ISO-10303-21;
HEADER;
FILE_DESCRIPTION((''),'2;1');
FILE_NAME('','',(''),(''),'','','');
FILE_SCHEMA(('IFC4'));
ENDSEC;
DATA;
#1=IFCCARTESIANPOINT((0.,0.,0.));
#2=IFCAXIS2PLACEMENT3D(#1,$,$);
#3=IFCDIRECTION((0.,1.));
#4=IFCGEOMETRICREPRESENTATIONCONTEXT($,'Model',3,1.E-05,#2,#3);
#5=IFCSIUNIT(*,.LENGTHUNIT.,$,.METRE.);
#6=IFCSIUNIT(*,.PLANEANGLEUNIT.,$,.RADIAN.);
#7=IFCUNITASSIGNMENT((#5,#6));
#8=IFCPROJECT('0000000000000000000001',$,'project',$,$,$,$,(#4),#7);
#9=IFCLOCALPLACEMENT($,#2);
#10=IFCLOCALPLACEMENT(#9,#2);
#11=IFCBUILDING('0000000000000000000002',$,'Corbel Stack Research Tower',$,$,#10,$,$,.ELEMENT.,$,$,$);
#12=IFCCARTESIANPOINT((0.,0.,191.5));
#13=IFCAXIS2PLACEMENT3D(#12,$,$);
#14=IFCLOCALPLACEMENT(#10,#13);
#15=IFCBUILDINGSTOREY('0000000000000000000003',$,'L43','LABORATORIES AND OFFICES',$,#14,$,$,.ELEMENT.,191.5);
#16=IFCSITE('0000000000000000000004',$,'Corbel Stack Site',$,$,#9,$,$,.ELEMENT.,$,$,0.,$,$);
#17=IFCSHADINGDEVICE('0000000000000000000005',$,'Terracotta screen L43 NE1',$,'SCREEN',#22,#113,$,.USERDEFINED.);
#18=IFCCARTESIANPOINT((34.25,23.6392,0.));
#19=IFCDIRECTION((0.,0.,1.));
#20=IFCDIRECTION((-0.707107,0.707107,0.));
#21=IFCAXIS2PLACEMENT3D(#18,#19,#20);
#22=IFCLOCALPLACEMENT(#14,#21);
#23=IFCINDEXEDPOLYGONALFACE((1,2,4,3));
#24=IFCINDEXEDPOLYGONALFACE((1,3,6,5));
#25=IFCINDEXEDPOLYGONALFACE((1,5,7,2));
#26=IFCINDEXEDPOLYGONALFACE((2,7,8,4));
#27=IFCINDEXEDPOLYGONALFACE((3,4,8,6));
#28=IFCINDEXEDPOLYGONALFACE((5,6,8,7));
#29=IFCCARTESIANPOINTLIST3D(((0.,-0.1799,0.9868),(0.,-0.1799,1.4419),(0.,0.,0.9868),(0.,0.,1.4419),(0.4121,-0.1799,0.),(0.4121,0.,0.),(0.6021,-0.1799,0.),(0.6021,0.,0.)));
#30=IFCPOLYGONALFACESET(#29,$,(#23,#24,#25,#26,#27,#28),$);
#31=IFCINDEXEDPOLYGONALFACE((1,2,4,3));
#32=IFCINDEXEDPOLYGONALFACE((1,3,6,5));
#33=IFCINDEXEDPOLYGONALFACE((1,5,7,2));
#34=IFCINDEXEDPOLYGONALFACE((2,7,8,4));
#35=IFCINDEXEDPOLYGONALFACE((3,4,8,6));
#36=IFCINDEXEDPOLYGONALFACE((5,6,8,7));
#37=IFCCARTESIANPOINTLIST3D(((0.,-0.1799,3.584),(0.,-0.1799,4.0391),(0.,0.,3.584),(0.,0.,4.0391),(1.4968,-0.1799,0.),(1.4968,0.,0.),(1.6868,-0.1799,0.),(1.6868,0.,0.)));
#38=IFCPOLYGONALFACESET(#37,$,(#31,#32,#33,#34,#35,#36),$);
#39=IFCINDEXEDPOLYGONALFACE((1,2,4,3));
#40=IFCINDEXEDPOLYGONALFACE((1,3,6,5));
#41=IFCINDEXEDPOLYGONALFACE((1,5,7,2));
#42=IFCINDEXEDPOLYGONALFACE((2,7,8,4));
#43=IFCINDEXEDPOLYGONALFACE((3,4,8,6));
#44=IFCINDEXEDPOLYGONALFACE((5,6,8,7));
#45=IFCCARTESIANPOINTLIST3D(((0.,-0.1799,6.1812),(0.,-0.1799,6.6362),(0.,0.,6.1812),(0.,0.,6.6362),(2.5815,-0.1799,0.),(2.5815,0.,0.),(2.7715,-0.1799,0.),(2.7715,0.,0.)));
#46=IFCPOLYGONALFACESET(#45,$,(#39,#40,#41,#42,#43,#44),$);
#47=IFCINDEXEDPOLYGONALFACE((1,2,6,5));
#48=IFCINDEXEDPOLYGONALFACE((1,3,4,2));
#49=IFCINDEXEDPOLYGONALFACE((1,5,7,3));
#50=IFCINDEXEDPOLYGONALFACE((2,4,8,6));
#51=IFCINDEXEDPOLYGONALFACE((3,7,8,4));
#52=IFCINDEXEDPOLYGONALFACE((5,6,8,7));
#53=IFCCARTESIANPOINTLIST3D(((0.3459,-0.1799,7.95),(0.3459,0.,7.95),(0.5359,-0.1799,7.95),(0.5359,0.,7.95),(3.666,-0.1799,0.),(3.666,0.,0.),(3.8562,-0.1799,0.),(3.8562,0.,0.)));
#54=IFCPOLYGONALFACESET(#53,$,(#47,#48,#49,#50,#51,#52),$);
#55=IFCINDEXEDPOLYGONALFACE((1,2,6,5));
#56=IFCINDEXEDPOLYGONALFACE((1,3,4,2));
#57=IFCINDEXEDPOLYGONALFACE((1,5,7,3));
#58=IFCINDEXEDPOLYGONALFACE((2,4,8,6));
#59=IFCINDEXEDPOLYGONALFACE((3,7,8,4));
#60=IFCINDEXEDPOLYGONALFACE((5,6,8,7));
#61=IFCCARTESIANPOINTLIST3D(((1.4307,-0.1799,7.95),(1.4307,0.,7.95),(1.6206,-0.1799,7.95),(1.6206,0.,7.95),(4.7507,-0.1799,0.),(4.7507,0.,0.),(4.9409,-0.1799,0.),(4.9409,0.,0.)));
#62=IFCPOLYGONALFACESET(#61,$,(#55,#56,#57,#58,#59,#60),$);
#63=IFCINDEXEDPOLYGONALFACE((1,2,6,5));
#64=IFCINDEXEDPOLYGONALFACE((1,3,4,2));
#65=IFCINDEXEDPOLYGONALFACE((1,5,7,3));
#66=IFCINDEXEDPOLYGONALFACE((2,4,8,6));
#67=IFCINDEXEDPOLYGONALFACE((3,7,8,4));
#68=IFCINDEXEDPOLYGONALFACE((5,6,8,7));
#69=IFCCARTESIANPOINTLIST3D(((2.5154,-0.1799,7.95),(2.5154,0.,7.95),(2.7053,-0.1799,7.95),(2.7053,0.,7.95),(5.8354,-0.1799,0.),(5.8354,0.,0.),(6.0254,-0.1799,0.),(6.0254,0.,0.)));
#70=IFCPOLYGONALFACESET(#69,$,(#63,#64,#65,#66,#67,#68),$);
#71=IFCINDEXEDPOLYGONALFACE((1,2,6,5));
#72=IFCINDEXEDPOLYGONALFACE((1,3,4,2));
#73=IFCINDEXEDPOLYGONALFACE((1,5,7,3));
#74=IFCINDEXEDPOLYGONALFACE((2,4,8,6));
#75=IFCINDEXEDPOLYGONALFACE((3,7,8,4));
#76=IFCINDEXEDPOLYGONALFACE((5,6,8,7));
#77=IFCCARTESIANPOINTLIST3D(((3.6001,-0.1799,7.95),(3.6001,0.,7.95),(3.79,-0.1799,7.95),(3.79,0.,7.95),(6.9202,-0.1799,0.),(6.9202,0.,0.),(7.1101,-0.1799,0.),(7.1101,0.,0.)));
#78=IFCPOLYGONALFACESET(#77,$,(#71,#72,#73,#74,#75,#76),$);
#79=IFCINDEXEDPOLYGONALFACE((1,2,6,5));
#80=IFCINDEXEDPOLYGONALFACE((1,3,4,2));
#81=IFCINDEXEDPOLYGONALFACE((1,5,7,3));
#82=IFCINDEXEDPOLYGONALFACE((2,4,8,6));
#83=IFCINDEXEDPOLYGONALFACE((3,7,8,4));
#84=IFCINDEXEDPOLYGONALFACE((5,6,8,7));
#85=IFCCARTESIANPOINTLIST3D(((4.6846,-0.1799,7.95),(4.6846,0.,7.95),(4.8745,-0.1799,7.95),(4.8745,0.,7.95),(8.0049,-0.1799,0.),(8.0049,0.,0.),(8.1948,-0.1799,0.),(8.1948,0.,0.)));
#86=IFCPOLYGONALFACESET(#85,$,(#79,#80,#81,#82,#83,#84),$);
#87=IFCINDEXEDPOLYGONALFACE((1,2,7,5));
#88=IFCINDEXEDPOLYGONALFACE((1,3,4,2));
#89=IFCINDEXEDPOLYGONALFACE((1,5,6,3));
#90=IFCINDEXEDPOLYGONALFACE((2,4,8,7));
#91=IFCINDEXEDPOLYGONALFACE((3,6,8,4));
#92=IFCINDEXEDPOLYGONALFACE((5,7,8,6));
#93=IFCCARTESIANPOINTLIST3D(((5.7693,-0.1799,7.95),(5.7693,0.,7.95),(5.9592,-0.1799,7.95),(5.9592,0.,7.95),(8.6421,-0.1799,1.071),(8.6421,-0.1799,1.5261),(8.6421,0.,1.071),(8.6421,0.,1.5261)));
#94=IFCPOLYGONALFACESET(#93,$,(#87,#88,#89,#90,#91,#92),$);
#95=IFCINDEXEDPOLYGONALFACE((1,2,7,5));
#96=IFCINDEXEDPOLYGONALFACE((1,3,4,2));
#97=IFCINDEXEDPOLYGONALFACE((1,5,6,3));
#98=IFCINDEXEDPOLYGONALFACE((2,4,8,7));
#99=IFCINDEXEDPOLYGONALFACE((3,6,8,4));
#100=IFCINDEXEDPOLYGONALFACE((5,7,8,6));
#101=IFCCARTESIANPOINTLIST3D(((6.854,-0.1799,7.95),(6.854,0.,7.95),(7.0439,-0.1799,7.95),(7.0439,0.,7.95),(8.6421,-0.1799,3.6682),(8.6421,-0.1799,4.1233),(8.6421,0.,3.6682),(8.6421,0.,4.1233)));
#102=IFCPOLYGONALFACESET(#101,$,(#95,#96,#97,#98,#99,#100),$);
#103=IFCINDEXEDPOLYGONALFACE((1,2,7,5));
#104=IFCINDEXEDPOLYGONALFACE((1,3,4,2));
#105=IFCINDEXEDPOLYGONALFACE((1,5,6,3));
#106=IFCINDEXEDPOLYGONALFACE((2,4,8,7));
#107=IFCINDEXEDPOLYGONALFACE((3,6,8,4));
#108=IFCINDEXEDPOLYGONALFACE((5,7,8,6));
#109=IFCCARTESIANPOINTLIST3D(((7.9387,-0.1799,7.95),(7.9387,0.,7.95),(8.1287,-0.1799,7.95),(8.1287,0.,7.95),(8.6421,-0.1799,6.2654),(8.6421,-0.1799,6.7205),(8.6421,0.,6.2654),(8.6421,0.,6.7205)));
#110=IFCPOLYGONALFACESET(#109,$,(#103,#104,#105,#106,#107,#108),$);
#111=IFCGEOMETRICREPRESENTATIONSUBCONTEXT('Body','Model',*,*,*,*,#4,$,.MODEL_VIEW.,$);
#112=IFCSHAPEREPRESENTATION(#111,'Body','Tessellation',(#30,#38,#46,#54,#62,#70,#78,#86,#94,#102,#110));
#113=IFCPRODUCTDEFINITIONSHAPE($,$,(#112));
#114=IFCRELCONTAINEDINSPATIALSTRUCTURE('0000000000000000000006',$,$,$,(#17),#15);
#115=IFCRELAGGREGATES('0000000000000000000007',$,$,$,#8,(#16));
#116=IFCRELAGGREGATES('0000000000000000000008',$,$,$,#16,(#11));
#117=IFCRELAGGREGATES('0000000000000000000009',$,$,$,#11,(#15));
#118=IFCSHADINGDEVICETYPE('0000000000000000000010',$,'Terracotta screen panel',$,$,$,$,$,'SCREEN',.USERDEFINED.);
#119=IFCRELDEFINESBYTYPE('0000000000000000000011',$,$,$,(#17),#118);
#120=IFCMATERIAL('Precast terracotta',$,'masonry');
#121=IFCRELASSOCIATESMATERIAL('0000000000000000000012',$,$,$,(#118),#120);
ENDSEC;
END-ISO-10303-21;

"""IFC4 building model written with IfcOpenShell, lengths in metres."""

from ifc_helpers import new_model, si_unit, direction, frame, origin, place, context, subcontext, project, spatial, polyline, outline, extrude, source, transform, mapped, material, type_object, element, save


model = new_model("IFC4")

# Units and contexts
model_context = context("Model", 3, precision=1e-05, world=origin(), true_north=direction((0.0, 1.0)))
body_context = subcontext(model_context, "Body", "Model", "MODEL_VIEW")
ifc_project = project(units=[si_unit("LENGTHUNIT", "METRE"), si_unit("PLANEANGLEUNIT", "RADIAN")], contexts=[model_context])

# Site, building, storey
site_placement = place(None, origin())
site = spatial("IfcSite", under=ifc_project, at=site_placement, Name="Corbel Stack Site", CompositionType="ELEMENT", RefElevation=0.0)
building_placement = place(site_placement, origin())
building = spatial("IfcBuilding", under=site, at=building_placement, Name="Corbel Stack Research Tower", CompositionType="ELEMENT")
storey_placement = place(building_placement, frame((0.0, 0.0, 191.5)))
storey = spatial("IfcBuildingStorey", under=building, at=storey_placement, Name="L43", Description="LABORATORIES AND OFFICES", CompositionType="ELEMENT", Elevation=191.5)

# Shading device
ifc_material_1 = material(Name="Precast terracotta", Category="masonry")
shading_device_type = type_object("IfcShadingDeviceType", Name="Terracotta screen panel", ElementType="SCREEN", PredefinedType="USERDEFINED", material=ifc_material_1)
shared_shape_1 = source(origin(), body_context, "Body", "SweptSolid", [
    extrude(outline(polyline([(0.6021, 0.0), (0.0, 1.4419), (0.0, 0.9868), (0.4121, 0.0), (0.6021, 0.0)])), frame((0.0, 0.0, 0.0), z_axis=(0.0, -1.0, 0.0), x_axis=(1.0, 0.0, 0.0)), (0.0, 0.0, 1.0), 0.1799),
    extrude(outline(polyline([(1.6868, 0.0), (0.0, 4.0391), (0.0, 3.584), (1.4968, 0.0), (1.6868, 0.0)])), frame((0.0, 0.0, 0.0), z_axis=(0.0, -1.0, 0.0), x_axis=(1.0, 0.0, 0.0)), (0.0, 0.0, 1.0), 0.1799),
    extrude(outline(polyline([(2.7715, 0.0), (0.0, 6.6362), (0.0, 6.1812), (2.5815, 0.0), (2.7715, 0.0)])), frame((0.0, 0.0, 0.0), z_axis=(0.0, -1.0, 0.0), x_axis=(1.0, 0.0, 0.0)), (0.0, 0.0, 1.0), 0.1799),
    extrude(outline(polyline([(3.8562, 0.0), (0.5359, 7.95), (0.3459, 7.95), (3.666, 0.0), (3.8562, 0.0)])), frame((0.0, 0.0, 0.0), z_axis=(0.0, -1.0, 0.0), x_axis=(1.0, 0.0, 0.0)), (0.0, 0.0, 1.0), 0.1799),
    extrude(outline(polyline([(4.9409, 0.0), (1.6206, 7.95), (1.4307, 7.95), (4.7507, 0.0), (4.9409, 0.0)])), frame((0.0, 0.0, 0.0), z_axis=(0.0, -1.0, 0.0), x_axis=(1.0, 0.0, 0.0)), (0.0, 0.0, 1.0), 0.1799),
    extrude(outline(polyline([(6.0254, 0.0), (2.7053, 7.95), (2.5154, 7.95), (5.8354, 0.0), (6.0254, 0.0)])), frame((0.0, 0.0, 0.0), z_axis=(0.0, -1.0, 0.0), x_axis=(1.0, 0.0, 0.0)), (0.0, 0.0, 1.0), 0.1799),
    extrude(outline(polyline([(7.1101, 0.0), (3.79, 7.95), (3.6001, 7.95), (6.9202, 0.0), (7.1101, 0.0)])), frame((0.0, 0.0, 0.0), z_axis=(0.0, -1.0, 0.0), x_axis=(1.0, 0.0, 0.0)), (0.0, 0.0, 1.0), 0.1799),
    extrude(outline(polyline([(8.1948, 0.0), (4.8745, 7.95), (4.6846, 7.95), (8.0049, 0.0), (8.1948, 0.0)])), frame((0.0, 0.0, 0.0), z_axis=(0.0, -1.0, 0.0), x_axis=(1.0, 0.0, 0.0)), (0.0, 0.0, 1.0), 0.1799),
    extrude(outline(polyline([(5.9592, 7.95), (5.7693, 7.95), (8.6421, 1.071), (8.6421, 1.5261), (5.9592, 7.95)])), frame((0.0, 0.0, 0.0), z_axis=(0.0, -1.0, 0.0), x_axis=(1.0, 0.0, 0.0)), (0.0, 0.0, 1.0), 0.1799),
    extrude(outline(polyline([(7.0439, 7.95), (6.854, 7.95), (8.6421, 3.6682), (8.6421, 4.1233), (7.0439, 7.95)])), frame((0.0, 0.0, 0.0), z_axis=(0.0, -1.0, 0.0), x_axis=(1.0, 0.0, 0.0)), (0.0, 0.0, 1.0), 0.1799),
    extrude(outline(polyline([(8.1287, 7.95), (7.9387, 7.95), (8.6421, 6.2654), (8.6421, 6.7205), (8.1287, 7.95)])), frame((0.0, 0.0, 0.0), z_axis=(0.0, -1.0, 0.0), x_axis=(1.0, 0.0, 0.0)), (0.0, 0.0, 1.0), 0.1799),
])
shading_device_1_placement = place(storey_placement, frame((34.25, 23.6392, 0.0), z_axis=(0.0, 0.0, 1.0), x_axis=(-0.707107, 0.707107, 0.0)))
element("IfcShadingDevice", 1, at=shading_device_1_placement, inside=storey, type_object=shading_device_type, Name="Terracotta screen L43 NE1", ObjectType="SCREEN", PredefinedType="USERDEFINED", context=body_context, shape_type="MappedRepresentation", body=[
    mapped(shared_shape_1, transform((0.0, 0.0, 0.0))),
])

save(model, "model.ifc")
